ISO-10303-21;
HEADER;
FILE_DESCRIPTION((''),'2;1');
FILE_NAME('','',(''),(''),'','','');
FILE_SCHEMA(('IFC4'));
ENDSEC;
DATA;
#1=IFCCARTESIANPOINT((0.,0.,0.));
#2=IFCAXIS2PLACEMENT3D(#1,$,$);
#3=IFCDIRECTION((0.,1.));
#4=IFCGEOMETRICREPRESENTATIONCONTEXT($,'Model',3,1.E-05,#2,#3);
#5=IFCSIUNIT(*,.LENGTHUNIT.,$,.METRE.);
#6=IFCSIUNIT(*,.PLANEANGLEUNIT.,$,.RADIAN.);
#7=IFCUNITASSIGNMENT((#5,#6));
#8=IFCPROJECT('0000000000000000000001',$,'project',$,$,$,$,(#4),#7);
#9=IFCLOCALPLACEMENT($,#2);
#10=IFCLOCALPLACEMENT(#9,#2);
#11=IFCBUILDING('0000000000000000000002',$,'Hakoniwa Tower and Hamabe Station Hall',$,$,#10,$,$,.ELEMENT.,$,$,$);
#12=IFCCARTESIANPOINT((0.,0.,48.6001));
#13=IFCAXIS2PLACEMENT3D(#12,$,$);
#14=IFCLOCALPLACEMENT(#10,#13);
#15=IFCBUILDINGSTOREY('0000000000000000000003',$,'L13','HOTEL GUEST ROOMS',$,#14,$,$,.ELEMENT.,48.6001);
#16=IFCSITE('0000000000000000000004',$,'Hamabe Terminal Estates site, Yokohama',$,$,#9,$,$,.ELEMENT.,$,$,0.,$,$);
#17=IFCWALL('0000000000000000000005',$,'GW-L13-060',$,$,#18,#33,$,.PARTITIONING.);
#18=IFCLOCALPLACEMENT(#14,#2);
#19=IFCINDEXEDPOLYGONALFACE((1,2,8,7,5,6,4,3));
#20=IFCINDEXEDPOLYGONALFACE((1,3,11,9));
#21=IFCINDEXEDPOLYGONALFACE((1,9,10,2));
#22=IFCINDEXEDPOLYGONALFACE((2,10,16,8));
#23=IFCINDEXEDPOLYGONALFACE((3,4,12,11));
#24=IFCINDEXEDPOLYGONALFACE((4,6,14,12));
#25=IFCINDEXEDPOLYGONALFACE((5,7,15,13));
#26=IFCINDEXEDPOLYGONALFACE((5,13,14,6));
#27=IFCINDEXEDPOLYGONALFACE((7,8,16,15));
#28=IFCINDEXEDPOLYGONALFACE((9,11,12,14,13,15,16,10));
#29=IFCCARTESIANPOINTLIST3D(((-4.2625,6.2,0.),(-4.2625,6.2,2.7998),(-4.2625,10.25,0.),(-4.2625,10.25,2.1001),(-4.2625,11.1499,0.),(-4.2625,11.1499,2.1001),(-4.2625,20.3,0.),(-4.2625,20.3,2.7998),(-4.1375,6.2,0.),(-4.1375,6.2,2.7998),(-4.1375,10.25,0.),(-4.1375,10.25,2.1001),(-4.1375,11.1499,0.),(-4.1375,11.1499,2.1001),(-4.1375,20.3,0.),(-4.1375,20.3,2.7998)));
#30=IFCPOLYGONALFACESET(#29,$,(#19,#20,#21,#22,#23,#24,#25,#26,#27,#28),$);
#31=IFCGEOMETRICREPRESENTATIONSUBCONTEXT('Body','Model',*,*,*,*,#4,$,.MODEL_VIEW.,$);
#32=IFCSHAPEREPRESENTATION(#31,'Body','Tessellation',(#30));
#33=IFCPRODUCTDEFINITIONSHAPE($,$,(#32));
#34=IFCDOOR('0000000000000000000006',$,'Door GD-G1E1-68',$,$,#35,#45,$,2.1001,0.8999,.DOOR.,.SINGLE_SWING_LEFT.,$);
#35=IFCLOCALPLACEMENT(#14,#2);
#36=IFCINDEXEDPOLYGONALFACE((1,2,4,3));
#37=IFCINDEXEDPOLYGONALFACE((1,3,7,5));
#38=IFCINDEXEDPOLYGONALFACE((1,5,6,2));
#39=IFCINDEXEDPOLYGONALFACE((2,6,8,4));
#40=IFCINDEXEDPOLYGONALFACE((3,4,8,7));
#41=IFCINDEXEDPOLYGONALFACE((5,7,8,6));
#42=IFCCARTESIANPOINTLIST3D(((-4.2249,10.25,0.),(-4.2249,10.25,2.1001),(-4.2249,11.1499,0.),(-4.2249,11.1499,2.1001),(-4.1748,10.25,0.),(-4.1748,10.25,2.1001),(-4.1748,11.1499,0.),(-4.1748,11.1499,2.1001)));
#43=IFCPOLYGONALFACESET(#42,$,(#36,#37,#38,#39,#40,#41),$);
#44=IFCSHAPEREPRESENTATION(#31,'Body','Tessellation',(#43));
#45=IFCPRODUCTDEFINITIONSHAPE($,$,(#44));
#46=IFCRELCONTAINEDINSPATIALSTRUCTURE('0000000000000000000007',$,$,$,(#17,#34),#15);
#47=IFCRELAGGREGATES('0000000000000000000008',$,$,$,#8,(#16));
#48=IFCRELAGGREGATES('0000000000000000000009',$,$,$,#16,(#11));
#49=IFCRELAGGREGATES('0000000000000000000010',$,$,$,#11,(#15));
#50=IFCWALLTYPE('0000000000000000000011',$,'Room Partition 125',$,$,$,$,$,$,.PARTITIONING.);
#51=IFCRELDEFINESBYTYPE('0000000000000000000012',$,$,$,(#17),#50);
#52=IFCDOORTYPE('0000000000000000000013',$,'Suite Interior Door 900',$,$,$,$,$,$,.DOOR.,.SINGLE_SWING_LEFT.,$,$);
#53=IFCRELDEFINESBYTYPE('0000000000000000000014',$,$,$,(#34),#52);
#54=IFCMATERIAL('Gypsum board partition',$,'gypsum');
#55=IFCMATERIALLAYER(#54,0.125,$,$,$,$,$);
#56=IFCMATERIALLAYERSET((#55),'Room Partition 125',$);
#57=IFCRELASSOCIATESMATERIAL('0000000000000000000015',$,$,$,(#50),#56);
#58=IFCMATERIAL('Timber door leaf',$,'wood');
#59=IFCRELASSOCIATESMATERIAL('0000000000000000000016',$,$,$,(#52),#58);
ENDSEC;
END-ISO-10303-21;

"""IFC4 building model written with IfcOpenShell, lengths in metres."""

from ifc_helpers import new_model, si_unit, direction, frame, frame_2d, origin, place, context, subcontext, project, spatial, rectangle, extrude, material, layer, layer_set, type_object, element, fill, save


model = new_model("IFC4")

# Units and contexts
model_context = context("Model", 3, precision=1e-05, world=origin(), true_north=direction((0.0, 1.0)))
body_context = subcontext(model_context, "Body", "Model", "MODEL_VIEW")
ifc_project = project(units=[si_unit("LENGTHUNIT", "METRE"), si_unit("PLANEANGLEUNIT", "RADIAN")], contexts=[model_context])

# Site, building, storey
site_placement = place(None, origin())
site = spatial("IfcSite", under=ifc_project, at=site_placement, Name="Hamabe Terminal Estates site, Yokohama", CompositionType="ELEMENT", RefElevation=0.0)
building_placement = place(site_placement, origin())
building = spatial("IfcBuilding", under=site, at=building_placement, Name="Hakoniwa Tower and Hamabe Station Hall", CompositionType="ELEMENT")
storey_placement = place(building_placement, frame((0.0, 0.0, 48.6001)))
storey = spatial("IfcBuildingStorey", under=building, at=storey_placement, Name="L13", Description="HOTEL GUEST ROOMS", CompositionType="ELEMENT", Elevation=48.6001)

# Wall, opening, door
ifc_material_1 = material(Name="Gypsum board partition", Category="gypsum")
ifc_layer_1 = layer(ifc_material_1, 0.125)
ifc_layer_set_1 = layer_set([ifc_layer_1], Name="Room Partition 125")
wall_type_1 = type_object("IfcWallType", Name="Room Partition 125", PredefinedType="PARTITIONING", material=ifc_layer_set_1)
wall_1_placement = place(storey_placement, frame((-4.2, 6.2, 0.0), z_axis=(0.0, 0.0, 1.0), x_axis=(0.0, 1.0, 0.0)))
wall_1 = element("IfcWall", 1, at=wall_1_placement, inside=storey, type_object=wall_type_1, Name="GW-L13-060", PredefinedType="PARTITIONING", context=body_context, shape_type="SweptSolid", body=[
    extrude(rectangle(XDim=14.1001, YDim=0.125, at=frame_2d((7.05, 0.0))), origin(), (0.0, 0.0, 1.0), 2.7998),
])
opening_1_placement = place(wall_1_placement, frame((4.05, 0.0, 0.0)))
opening_1 = element("IfcOpeningElement", 2, at=opening_1_placement, cuts=wall_1, PredefinedType="OPENING", context=body_context, shape_type="SweptSolid", body=[
    extrude(rectangle(XDim=0.8999, YDim=2.1001, at=frame_2d((0.45, 1.05))), frame((0.0, 0.0725, 0.0), z_axis=(0.0, -1.0, 0.0), x_axis=(1.0, 0.0, 0.0)), (0.0, 0.0, 1.0), 0.145),
])
ifc_material_2 = material(Name="Timber door leaf", Category="wood")
door_type_1 = type_object("IfcDoorType", Name="Suite Interior Door 900", OperationType="SINGLE_SWING_LEFT", PredefinedType="DOOR", material=ifc_material_2)
door_1_placement = place(opening_1_placement, origin())
door_1 = element("IfcDoor", 3, at=door_1_placement, inside=storey, type_object=door_type_1, Name="Door GD-G1E1-68", OperationType="SINGLE_SWING_LEFT", OverallHeight=2.1001, OverallWidth=0.8999, PredefinedType="DOOR", context=body_context, shape_type="SweptSolid", body=[
    extrude(rectangle(XDim=0.8999, YDim=2.1001, at=frame_2d((0.45, 1.05))), frame((0.0, 0.0249, 0.0), z_axis=(0.0, -1.0, 0.0), x_axis=(1.0, 0.0, 0.0)), (0.0, 0.0, 1.0), 0.05),
])
fill(opening_1, door_1)

save(model, "model.ifc")
